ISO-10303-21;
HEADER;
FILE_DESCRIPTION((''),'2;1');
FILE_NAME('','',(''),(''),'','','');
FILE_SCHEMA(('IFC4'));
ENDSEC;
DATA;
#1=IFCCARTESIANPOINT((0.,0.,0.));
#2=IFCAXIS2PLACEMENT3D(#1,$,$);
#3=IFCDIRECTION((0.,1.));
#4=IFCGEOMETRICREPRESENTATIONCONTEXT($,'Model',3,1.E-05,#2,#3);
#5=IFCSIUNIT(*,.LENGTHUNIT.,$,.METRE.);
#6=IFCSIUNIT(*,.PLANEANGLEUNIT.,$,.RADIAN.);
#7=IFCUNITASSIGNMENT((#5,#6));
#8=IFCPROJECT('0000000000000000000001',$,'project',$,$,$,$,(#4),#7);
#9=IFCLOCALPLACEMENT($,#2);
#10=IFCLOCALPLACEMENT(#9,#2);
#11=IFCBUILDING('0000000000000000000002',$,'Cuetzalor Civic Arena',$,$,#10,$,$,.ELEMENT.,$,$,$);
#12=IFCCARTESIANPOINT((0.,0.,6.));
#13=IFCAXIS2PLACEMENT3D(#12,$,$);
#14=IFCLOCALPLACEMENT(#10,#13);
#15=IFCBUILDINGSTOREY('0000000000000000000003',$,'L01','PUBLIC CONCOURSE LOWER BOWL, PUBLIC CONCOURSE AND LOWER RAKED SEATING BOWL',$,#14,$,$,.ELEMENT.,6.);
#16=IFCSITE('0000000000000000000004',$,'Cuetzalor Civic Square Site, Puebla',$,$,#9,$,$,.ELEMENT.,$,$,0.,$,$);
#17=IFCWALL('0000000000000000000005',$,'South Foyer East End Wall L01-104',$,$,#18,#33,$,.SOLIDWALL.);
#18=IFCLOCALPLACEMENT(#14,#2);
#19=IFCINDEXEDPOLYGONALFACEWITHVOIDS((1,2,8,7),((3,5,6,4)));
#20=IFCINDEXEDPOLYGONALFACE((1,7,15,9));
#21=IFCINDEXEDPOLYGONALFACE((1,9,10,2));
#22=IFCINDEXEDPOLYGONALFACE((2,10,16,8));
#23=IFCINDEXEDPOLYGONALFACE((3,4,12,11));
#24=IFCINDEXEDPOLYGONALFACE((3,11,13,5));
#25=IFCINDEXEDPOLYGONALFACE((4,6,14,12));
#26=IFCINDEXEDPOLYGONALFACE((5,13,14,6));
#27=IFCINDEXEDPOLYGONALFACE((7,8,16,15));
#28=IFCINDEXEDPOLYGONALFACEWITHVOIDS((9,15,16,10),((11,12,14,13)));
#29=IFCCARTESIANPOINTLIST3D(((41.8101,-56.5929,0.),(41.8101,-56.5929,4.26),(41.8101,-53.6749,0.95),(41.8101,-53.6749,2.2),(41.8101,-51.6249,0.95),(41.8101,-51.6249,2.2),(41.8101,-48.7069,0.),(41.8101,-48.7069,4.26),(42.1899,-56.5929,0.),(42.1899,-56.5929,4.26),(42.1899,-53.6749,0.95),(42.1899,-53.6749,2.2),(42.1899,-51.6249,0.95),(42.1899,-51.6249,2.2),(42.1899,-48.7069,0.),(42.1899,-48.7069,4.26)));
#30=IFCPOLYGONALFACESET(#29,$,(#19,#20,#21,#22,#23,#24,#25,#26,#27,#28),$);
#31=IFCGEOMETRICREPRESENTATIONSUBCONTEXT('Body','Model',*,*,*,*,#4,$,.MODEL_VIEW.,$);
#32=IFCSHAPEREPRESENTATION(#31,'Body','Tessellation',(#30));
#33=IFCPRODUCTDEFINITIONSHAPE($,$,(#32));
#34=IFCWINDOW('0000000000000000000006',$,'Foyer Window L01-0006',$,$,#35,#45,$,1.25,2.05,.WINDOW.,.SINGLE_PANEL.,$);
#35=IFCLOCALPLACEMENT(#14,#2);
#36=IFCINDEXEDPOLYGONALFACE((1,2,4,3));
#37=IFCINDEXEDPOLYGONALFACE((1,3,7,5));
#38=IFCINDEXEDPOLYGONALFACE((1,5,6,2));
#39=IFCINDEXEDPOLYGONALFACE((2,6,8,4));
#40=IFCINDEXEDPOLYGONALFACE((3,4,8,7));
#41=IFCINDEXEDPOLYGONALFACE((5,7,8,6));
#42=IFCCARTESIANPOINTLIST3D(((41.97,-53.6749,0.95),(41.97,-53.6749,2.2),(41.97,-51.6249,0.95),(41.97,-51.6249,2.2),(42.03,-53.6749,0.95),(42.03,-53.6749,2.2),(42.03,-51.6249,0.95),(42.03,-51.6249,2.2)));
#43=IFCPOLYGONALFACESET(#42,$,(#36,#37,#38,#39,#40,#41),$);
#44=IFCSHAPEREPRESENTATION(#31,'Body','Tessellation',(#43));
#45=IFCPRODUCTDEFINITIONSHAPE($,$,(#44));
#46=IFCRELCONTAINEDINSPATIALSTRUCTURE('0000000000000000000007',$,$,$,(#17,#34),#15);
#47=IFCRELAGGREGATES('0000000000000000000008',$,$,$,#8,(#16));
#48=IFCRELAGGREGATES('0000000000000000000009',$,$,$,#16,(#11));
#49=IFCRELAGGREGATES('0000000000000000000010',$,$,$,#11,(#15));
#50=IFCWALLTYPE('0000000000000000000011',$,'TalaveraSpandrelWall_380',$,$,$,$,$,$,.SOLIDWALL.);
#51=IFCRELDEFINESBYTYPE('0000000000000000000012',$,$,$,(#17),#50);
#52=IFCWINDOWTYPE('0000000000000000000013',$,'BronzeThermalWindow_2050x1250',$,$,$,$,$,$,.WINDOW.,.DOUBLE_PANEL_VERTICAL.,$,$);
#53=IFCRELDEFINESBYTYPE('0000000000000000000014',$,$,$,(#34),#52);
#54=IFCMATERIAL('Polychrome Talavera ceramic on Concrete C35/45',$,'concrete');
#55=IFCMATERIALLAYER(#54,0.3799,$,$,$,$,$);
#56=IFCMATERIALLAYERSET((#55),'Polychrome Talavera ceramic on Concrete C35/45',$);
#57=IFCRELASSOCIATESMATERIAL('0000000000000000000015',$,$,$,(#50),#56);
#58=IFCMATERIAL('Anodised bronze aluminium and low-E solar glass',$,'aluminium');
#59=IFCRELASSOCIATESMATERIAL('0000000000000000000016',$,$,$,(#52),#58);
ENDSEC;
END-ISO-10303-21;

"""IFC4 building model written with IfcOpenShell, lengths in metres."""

from ifc_helpers import new_model, si_unit, direction, frame, frame_2d, origin, place, context, subcontext, project, spatial, rectangle, extrude, material, layer, layer_set, type_object, element, fill, save


model = new_model("IFC4")

# Units and contexts
model_context = context("Model", 3, precision=1e-05, world=origin(), true_north=direction((0.0, 1.0)))
body_context = subcontext(model_context, "Body", "Model", "MODEL_VIEW")
ifc_project = project(units=[si_unit("LENGTHUNIT", "METRE"), si_unit("PLANEANGLEUNIT", "RADIAN")], contexts=[model_context])

# Site, building, storey
site_placement = place(None, origin())
site = spatial("IfcSite", under=ifc_project, at=site_placement, Name="Cuetzalor Civic Square Site, Puebla", CompositionType="ELEMENT", RefElevation=0.0)
building_placement = place(site_placement, origin())
building = spatial("IfcBuilding", under=site, at=building_placement, Name="Cuetzalor Civic Arena", CompositionType="ELEMENT")
storey_placement = place(building_placement, frame((0.0, 0.0, 6.0)))
storey = spatial("IfcBuildingStorey", under=building, at=storey_placement, Name="L01", Description="PUBLIC CONCOURSE LOWER BOWL, PUBLIC CONCOURSE AND LOWER RAKED SEATING BOWL", CompositionType="ELEMENT", Elevation=6.0)

# Wall, opening, window
ifc_material_1 = material(Name="Polychrome Talavera ceramic on Concrete C35/45", Category="concrete")
ifc_layer = layer(ifc_material_1, 0.3799)
ifc_layer_set = layer_set([ifc_layer], Name="Polychrome Talavera ceramic on Concrete C35/45")
wall_type = type_object("IfcWallType", Name="TalaveraSpandrelWall_380", PredefinedType="SOLIDWALL", material=ifc_layer_set)
wall_1_placement = place(storey_placement, frame((42.0, -48.707, 0.0), z_axis=(0.0, 0.0, 1.0), x_axis=(0.0, -1.0, 0.0)))
wall_1 = element("IfcWall", 1, at=wall_1_placement, inside=storey, type_object=wall_type, Name="South Foyer East End Wall L01-104", PredefinedType="SOLIDWALL", context=body_context, shape_type="SweptSolid", body=[
    extrude(rectangle(XDim=7.886, YDim=0.3799, at=frame_2d((3.9429, 0.0))), origin(), (0.0, 0.0, 1.0), 4.26),
])
opening_1_placement = place(wall_1_placement, frame((2.918, 0.0, 0.95)))
opening_1 = element("IfcOpeningElement", 2, at=opening_1_placement, cuts=wall_1, PredefinedType="OPENING", context=body_context, shape_type="SweptSolid", body=[
    extrude(rectangle(XDim=2.05, YDim=1.25, at=frame_2d((1.0249, 0.625))), frame((0.0, 0.2, 0.0), z_axis=(0.0, -1.0, 0.0), x_axis=(1.0, 0.0, 0.0)), (0.0, 0.0, 1.0), 0.3999),
])
ifc_material_2 = material(Name="Anodised bronze aluminium and low-E solar glass", Category="aluminium")
window_type_1 = type_object("IfcWindowType", Name="BronzeThermalWindow_2050x1250", PartitioningType="DOUBLE_PANEL_VERTICAL", PredefinedType="WINDOW", material=ifc_material_2)
window_1_placement = place(opening_1_placement, origin())
window_1 = element("IfcWindow", 3, at=window_1_placement, inside=storey, type_object=window_type_1, Name="Foyer Window L01-0006", OverallHeight=1.25, OverallWidth=2.05, PartitioningType="SINGLE_PANEL", PredefinedType="WINDOW", context=body_context, shape_type="SweptSolid", body=[
    extrude(rectangle(XDim=2.05, YDim=1.25, at=frame_2d((1.0249, 0.625))), frame((0.0, 0.03, 0.0), z_axis=(0.0, -1.0, 0.0), x_axis=(1.0, 0.0, 0.0)), (0.0, 0.0, 1.0), 0.0601),
])
fill(opening_1, window_1)

save(model, "model.ifc")
